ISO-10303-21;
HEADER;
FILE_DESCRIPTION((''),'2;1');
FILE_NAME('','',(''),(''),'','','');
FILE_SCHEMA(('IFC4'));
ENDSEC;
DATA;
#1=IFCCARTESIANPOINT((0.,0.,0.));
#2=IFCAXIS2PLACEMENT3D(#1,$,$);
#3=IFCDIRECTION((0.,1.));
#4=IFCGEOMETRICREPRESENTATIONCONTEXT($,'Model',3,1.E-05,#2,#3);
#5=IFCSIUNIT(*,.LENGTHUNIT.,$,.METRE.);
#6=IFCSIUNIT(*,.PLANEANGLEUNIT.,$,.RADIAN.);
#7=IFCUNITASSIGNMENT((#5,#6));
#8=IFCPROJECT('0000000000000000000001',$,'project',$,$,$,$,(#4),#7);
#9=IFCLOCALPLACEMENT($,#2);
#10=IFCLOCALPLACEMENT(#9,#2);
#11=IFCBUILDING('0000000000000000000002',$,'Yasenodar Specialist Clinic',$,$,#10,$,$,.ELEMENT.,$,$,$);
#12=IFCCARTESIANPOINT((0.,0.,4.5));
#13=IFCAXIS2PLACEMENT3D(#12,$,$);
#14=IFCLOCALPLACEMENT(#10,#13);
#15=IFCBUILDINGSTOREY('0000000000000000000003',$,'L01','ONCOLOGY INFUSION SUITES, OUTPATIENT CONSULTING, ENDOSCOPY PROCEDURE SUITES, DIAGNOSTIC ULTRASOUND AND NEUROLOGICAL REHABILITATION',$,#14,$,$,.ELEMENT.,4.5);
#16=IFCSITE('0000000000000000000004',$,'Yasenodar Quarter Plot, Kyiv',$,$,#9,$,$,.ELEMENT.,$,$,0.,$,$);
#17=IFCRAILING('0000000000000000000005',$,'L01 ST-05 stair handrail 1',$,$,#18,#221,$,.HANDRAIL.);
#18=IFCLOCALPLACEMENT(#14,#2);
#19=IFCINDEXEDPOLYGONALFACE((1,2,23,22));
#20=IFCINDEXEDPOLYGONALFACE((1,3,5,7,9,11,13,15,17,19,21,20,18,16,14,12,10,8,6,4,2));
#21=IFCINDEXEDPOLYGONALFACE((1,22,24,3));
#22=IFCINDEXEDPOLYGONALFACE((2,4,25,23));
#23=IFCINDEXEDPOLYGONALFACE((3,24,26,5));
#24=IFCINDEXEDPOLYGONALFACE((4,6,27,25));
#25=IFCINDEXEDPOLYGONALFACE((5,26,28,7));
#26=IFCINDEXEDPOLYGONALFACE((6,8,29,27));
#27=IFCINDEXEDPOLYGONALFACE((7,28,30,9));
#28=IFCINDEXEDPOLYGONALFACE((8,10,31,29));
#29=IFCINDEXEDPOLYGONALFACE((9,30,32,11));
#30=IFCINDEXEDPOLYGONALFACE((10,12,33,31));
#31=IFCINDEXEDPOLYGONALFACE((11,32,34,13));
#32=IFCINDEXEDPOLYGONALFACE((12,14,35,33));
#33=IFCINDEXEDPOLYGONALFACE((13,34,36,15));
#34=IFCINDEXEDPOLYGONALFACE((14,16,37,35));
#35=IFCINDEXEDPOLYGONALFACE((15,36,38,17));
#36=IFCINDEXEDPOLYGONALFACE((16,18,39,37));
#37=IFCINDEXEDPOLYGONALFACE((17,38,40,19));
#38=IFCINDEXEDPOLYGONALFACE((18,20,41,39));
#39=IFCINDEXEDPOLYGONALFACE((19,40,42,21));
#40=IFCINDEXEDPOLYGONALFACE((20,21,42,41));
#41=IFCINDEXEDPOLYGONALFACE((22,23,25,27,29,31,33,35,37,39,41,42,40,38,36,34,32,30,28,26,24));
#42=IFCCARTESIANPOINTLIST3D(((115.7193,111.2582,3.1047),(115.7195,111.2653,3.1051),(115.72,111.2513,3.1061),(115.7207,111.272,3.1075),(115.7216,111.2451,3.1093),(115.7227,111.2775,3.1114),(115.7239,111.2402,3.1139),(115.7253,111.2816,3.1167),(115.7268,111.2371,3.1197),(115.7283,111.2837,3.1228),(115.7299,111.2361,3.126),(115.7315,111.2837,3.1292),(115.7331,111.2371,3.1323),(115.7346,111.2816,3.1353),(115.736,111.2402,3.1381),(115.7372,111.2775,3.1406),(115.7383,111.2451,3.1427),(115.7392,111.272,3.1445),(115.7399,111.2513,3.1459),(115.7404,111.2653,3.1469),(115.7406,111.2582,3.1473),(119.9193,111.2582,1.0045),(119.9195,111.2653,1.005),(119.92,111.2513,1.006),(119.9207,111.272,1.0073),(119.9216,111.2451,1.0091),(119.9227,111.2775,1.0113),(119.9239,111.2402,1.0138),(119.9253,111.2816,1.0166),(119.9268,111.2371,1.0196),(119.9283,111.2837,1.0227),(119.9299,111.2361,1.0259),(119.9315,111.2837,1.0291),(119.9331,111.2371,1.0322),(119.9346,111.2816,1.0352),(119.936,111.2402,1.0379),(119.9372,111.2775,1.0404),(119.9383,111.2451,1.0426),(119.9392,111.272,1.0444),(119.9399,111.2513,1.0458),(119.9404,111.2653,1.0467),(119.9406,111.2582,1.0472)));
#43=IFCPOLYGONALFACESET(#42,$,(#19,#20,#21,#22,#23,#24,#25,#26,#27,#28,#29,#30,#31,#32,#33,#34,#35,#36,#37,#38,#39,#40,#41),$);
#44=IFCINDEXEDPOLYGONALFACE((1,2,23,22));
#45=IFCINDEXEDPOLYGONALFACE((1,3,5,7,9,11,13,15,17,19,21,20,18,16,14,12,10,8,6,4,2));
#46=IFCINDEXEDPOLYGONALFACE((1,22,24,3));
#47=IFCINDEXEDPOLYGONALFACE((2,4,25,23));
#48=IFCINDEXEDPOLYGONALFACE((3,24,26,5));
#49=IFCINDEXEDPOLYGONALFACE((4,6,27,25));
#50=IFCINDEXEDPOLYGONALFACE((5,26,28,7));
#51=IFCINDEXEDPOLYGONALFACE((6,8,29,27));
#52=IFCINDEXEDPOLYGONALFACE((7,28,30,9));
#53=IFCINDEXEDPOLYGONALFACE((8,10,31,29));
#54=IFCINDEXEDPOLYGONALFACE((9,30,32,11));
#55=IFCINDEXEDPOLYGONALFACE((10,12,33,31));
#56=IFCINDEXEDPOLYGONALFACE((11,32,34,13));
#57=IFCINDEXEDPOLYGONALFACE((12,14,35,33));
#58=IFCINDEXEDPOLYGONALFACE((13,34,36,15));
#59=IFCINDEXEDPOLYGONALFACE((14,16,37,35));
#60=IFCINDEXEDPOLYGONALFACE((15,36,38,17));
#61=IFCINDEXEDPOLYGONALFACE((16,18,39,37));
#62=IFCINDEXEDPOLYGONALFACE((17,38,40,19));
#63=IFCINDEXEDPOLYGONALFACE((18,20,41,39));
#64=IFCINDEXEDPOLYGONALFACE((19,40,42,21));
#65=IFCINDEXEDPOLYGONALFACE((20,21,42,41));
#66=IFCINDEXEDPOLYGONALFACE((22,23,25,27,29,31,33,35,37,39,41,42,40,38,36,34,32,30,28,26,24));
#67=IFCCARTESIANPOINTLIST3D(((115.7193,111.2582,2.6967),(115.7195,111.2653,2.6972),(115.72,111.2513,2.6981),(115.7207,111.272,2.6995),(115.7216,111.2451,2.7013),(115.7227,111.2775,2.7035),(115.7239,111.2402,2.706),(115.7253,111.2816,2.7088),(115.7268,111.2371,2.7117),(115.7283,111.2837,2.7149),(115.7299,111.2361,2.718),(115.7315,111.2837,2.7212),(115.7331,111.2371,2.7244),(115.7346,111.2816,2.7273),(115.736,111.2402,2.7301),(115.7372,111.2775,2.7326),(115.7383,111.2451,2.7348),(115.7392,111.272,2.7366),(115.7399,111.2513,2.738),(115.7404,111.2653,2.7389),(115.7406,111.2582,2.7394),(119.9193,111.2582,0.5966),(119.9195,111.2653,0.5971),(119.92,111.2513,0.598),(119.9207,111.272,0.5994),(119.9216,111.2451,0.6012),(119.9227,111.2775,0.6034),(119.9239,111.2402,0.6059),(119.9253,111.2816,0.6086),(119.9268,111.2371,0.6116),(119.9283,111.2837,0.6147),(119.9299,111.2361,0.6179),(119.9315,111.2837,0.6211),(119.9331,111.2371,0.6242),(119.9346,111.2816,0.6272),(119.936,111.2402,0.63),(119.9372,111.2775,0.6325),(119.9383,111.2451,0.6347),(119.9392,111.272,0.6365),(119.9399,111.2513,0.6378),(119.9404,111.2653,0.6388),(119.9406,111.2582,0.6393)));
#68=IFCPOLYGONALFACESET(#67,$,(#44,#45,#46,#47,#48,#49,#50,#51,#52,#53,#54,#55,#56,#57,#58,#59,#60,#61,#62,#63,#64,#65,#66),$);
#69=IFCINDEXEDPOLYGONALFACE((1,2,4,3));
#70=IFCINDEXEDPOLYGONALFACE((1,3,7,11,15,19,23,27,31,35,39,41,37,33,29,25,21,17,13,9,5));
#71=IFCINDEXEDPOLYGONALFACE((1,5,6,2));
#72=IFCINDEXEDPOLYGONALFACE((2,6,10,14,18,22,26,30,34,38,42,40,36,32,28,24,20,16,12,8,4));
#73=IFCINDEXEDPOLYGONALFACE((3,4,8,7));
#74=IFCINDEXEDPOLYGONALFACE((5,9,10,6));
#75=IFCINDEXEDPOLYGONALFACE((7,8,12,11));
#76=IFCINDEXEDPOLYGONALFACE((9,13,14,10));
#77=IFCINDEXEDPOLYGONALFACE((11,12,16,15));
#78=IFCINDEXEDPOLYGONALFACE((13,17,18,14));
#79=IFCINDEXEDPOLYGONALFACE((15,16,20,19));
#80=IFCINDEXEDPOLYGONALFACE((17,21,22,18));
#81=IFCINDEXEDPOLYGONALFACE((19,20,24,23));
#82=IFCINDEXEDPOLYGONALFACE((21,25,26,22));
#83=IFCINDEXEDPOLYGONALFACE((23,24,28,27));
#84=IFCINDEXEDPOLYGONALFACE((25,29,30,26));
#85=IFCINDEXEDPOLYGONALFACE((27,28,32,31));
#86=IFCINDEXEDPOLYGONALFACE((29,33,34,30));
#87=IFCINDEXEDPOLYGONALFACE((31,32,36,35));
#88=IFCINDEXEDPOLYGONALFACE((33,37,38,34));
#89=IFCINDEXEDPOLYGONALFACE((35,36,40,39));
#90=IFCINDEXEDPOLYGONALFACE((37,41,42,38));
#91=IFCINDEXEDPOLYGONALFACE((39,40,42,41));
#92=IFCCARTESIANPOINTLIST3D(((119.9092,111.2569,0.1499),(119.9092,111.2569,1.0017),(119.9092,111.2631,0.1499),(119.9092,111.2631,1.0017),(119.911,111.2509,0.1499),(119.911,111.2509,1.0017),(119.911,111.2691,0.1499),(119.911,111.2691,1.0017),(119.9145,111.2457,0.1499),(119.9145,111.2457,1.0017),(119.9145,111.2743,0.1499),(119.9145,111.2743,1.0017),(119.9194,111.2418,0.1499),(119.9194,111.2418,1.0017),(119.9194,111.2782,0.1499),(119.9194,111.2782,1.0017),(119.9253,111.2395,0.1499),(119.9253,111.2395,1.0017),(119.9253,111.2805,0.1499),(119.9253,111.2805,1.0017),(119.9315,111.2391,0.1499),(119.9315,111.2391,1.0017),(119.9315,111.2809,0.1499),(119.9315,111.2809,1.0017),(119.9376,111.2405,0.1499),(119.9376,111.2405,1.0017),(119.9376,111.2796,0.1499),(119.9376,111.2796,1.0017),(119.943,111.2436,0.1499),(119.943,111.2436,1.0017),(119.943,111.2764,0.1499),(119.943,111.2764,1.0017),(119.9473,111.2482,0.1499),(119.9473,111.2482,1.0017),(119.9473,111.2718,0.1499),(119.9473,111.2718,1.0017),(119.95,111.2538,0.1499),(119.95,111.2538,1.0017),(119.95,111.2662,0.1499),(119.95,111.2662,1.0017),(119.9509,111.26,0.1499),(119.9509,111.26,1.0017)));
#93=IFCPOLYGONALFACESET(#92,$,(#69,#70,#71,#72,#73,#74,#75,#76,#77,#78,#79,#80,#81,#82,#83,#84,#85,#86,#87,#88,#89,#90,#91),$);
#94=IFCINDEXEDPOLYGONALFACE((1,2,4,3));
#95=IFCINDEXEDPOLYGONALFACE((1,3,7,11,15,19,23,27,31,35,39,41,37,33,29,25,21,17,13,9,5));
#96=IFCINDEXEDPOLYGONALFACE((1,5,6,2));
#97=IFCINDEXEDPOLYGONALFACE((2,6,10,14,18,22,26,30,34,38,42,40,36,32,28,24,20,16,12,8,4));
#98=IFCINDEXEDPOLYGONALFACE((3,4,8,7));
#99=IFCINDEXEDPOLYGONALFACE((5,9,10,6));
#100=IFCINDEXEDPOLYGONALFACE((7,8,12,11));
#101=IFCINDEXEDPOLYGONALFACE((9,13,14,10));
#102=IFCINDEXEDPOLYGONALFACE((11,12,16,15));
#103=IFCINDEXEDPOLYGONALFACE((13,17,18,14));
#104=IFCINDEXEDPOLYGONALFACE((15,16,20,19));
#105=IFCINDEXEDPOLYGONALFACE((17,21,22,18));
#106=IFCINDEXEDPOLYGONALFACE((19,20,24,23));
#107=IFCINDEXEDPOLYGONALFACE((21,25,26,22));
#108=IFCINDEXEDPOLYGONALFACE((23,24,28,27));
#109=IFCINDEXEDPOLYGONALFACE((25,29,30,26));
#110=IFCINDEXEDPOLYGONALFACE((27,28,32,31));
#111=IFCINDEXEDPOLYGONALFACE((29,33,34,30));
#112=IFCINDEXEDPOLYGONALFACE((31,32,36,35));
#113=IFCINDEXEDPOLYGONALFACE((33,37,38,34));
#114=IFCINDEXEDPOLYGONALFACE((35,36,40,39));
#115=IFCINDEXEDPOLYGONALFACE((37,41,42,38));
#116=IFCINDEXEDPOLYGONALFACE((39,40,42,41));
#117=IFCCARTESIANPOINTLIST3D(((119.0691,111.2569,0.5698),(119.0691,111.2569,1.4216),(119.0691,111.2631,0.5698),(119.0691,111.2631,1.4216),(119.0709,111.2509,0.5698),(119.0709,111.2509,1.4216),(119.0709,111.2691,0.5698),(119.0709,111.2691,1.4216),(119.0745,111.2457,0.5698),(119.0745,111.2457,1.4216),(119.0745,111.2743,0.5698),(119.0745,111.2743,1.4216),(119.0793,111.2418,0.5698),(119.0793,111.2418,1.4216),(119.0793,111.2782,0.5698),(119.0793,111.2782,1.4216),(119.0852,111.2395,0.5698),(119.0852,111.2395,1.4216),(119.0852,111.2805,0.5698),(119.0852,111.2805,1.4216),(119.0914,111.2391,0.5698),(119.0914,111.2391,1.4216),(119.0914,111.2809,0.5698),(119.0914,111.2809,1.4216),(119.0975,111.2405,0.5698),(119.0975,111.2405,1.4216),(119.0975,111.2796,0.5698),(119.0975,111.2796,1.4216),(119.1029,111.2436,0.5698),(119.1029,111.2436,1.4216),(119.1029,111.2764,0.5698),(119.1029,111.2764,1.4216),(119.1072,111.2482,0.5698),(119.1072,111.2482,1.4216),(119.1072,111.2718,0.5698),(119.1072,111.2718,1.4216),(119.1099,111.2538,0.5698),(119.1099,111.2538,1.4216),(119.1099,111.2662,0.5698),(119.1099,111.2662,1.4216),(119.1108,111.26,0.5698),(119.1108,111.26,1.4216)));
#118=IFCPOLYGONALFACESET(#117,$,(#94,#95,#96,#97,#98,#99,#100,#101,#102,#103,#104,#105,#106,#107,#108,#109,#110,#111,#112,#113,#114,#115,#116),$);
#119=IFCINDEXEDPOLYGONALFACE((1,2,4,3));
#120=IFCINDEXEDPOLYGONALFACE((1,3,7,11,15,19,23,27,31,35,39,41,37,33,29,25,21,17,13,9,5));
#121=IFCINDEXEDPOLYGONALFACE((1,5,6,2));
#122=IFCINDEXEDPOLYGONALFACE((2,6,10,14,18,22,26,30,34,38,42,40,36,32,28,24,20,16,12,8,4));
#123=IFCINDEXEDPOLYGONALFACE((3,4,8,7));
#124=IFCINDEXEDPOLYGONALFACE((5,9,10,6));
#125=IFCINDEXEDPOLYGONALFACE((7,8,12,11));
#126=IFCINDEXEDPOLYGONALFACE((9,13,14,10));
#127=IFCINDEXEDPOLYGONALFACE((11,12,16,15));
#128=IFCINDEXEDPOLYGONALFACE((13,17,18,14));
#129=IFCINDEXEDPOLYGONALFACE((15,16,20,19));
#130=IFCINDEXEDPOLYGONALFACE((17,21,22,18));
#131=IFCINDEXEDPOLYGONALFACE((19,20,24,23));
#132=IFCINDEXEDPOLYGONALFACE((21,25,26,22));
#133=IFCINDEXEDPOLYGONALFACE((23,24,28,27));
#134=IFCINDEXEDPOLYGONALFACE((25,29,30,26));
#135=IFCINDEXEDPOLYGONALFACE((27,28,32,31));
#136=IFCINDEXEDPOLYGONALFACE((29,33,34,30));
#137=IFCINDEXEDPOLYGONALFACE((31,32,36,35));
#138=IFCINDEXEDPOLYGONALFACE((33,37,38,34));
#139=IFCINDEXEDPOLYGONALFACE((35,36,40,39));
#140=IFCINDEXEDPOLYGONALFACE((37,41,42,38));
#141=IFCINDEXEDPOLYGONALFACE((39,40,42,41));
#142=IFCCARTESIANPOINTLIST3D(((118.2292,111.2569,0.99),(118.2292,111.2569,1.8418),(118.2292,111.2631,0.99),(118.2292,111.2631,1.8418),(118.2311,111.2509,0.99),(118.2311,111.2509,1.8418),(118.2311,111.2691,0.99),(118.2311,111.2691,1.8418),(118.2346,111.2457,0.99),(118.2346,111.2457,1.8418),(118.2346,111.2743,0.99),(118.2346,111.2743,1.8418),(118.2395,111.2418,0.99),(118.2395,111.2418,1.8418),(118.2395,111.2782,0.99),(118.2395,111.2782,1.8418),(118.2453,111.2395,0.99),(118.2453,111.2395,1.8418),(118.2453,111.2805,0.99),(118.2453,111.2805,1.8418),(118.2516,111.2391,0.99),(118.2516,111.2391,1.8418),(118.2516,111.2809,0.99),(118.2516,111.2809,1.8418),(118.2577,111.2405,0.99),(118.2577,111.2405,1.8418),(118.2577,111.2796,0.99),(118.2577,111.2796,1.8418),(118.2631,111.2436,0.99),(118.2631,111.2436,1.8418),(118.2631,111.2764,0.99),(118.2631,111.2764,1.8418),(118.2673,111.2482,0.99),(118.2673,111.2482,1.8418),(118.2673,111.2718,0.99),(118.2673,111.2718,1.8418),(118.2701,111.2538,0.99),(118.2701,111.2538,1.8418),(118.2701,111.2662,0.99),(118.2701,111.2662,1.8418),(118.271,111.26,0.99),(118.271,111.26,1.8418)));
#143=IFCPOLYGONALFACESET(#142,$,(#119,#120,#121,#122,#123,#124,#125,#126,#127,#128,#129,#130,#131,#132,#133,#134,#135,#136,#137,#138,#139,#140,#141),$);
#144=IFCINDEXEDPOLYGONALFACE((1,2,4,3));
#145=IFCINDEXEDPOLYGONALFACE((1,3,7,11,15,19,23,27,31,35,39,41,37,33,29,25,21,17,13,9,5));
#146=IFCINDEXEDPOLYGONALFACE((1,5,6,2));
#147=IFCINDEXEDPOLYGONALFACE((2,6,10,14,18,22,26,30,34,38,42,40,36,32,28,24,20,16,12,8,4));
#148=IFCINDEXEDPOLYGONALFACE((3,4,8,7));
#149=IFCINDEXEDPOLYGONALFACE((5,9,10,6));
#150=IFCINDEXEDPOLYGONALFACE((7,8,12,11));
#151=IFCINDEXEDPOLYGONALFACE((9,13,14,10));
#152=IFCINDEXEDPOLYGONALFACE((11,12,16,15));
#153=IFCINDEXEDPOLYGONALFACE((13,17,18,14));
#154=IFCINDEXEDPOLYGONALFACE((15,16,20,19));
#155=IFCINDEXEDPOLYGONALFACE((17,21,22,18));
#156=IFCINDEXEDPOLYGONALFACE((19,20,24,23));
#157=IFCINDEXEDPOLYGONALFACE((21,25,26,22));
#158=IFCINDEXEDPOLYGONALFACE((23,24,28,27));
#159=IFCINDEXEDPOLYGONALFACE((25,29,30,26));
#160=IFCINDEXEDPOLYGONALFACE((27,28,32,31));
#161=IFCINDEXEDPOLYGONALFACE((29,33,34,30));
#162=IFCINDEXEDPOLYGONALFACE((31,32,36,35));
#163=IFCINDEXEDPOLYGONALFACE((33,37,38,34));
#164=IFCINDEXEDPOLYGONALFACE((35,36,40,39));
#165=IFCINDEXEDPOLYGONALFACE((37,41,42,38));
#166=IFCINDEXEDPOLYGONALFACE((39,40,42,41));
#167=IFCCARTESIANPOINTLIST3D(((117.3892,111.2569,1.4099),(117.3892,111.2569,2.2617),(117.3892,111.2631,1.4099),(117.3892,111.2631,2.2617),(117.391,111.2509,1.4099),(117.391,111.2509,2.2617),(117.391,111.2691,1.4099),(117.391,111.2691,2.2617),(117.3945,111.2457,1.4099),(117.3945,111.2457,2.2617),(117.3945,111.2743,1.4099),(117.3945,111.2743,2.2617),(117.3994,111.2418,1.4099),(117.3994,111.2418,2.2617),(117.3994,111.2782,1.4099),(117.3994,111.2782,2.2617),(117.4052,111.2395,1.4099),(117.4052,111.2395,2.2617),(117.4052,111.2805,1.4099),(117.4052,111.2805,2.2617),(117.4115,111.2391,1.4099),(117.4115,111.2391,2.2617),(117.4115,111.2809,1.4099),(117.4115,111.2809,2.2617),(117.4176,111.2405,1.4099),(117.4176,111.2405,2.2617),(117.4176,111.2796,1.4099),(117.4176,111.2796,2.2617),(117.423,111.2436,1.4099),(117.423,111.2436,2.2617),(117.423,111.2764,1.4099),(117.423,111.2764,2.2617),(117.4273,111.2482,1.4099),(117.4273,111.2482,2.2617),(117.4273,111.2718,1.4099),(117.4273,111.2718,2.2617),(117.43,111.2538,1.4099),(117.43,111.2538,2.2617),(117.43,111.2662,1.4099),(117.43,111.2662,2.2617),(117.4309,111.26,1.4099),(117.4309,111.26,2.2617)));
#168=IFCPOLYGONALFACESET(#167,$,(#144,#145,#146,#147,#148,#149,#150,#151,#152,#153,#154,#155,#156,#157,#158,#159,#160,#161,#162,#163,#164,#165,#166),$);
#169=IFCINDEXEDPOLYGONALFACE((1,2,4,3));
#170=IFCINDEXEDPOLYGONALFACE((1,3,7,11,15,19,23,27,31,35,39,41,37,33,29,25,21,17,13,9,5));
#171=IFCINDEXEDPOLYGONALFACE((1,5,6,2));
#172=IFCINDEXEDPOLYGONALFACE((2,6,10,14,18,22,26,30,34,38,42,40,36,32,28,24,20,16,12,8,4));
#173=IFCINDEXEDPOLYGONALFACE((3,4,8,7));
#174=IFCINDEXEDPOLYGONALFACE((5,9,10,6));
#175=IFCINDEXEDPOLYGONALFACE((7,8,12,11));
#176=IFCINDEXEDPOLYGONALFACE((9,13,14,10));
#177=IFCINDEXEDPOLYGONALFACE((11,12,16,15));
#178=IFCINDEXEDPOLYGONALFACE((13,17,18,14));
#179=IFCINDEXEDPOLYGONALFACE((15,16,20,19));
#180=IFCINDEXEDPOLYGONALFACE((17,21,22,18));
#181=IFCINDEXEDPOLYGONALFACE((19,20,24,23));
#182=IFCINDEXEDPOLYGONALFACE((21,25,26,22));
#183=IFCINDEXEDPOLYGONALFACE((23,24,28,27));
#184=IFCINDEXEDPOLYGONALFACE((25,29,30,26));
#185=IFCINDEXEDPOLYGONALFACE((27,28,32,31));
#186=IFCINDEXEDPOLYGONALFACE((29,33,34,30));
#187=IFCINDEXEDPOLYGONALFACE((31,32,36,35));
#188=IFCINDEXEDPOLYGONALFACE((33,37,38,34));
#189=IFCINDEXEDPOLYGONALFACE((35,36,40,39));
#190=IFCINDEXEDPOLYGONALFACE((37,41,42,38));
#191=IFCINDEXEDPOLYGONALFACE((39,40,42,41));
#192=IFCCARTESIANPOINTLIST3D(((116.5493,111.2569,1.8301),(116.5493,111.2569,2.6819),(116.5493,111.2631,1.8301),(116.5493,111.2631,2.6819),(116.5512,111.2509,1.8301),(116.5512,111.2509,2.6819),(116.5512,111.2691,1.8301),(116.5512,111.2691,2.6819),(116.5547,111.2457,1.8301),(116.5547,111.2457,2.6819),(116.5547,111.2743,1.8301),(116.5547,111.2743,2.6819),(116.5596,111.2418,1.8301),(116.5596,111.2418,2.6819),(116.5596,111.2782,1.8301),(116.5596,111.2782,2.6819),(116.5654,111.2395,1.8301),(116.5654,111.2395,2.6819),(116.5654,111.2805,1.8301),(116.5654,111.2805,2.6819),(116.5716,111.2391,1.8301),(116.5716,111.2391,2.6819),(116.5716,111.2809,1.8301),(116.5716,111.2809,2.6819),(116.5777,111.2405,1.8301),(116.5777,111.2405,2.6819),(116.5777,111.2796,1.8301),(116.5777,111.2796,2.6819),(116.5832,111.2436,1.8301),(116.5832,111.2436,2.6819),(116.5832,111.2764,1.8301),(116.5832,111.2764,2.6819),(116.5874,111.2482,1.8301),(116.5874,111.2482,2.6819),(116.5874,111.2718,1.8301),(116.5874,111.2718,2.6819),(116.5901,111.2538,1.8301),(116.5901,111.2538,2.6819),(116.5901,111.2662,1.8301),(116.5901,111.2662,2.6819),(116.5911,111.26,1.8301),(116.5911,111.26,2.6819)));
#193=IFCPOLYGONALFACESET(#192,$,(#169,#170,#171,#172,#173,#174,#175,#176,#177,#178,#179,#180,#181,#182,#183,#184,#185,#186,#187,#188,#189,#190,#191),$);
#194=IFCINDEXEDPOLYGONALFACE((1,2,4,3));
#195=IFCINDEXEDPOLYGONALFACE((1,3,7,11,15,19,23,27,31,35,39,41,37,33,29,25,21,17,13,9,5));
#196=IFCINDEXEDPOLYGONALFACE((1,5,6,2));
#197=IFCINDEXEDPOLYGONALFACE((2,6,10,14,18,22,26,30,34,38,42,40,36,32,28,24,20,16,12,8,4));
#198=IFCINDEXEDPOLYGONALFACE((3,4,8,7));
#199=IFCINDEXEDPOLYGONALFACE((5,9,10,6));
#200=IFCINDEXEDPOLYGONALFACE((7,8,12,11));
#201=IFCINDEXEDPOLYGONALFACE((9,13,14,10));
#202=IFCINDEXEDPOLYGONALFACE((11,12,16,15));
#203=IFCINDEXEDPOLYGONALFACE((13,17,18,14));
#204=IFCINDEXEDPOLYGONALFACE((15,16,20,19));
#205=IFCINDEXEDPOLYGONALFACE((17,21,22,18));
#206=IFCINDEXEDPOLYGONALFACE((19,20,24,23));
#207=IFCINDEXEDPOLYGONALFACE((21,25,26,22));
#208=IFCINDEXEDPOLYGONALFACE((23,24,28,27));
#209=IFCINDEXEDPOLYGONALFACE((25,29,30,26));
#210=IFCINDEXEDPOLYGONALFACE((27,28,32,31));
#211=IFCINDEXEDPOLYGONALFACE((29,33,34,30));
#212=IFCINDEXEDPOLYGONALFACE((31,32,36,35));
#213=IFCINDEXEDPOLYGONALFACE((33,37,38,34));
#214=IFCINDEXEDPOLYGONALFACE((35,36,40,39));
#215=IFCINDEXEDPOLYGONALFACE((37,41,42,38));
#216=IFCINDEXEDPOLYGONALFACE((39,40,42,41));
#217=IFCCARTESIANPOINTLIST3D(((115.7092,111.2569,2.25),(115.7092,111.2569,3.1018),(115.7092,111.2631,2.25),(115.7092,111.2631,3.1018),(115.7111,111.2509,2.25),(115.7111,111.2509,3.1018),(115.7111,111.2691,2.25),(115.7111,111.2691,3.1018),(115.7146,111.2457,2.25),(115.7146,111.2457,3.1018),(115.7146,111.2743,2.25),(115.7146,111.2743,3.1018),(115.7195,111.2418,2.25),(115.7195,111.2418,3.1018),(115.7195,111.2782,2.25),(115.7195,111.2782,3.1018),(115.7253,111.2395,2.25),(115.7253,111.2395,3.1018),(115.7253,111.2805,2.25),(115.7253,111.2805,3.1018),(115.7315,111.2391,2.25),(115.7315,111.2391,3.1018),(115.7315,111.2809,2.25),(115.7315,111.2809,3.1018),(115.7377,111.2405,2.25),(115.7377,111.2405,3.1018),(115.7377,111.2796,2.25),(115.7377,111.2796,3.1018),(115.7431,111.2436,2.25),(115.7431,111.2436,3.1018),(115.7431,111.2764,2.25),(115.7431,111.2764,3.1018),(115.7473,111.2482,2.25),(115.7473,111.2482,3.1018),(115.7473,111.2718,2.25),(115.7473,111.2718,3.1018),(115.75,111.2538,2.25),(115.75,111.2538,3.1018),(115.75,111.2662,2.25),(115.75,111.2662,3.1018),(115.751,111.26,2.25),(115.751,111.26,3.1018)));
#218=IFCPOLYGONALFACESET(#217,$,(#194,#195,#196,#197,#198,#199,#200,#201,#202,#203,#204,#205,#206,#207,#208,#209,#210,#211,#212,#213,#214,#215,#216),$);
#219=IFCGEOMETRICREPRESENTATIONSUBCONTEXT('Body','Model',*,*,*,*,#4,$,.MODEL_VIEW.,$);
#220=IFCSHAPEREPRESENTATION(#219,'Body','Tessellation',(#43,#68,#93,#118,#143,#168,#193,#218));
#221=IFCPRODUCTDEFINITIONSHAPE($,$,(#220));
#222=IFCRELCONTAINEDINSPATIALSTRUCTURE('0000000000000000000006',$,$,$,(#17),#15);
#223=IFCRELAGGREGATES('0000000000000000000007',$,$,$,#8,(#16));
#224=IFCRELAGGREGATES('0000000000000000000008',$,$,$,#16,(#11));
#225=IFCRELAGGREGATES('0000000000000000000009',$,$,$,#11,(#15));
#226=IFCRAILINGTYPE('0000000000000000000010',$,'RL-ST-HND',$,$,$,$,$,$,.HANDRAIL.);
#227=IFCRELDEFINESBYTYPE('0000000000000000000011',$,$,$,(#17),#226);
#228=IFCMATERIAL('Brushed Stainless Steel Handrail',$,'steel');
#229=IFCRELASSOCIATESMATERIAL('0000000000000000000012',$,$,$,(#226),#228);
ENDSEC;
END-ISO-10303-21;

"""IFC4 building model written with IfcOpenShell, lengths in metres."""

from ifc_helpers import new_model, si_unit, direction, frame, origin, origin_2d, place, context, subcontext, project, spatial, circle, extrude, material, type_object, element, save


model = new_model("IFC4")

# Units and contexts
model_context = context("Model", 3, precision=1e-05, world=origin(), true_north=direction((0.0, 1.0)))
body_context = subcontext(model_context, "Body", "Model", "MODEL_VIEW")
ifc_project = project(units=[si_unit("LENGTHUNIT", "METRE"), si_unit("PLANEANGLEUNIT", "RADIAN")], contexts=[model_context])

# Site, building, storey
site_placement = place(None, origin())
site = spatial("IfcSite", under=ifc_project, at=site_placement, Name="Yasenodar Quarter Plot, Kyiv", CompositionType="ELEMENT", RefElevation=0.0)
building_placement = place(site_placement, origin())
building = spatial("IfcBuilding", under=site, at=building_placement, Name="Yasenodar Specialist Clinic", CompositionType="ELEMENT")
storey_placement = place(building_placement, frame((0.0, 0.0, 4.5)))
storey = spatial("IfcBuildingStorey", under=building, at=storey_placement, Name="L01", Description="ONCOLOGY INFUSION SUITES, OUTPATIENT CONSULTING, ENDOSCOPY PROCEDURE SUITES, DIAGNOSTIC ULTRASOUND AND NEUROLOGICAL REHABILITATION", CompositionType="ELEMENT", Elevation=4.5)

# Railing
ifc_material_1 = material(Name="Brushed Stainless Steel Handrail", Category="steel")
railing_type_1 = type_object("IfcRailingType", Name="RL-ST-HND", PredefinedType="HANDRAIL", material=ifc_material_1)
railing_1_placement = place(storey_placement, frame((119.9299, 111.26, 0.1499)))
element("IfcRailing", 1, at=railing_1_placement, inside=storey, type_object=railing_type_1, Name="L01 ST-05 stair handrail 1", PredefinedType="HANDRAIL", context=body_context, shape_type="SweptSolid", body=[
    extrude(circle(Radius=0.0239, at=origin_2d()), frame((0.0, 0.0, 0.876), z_axis=(-0.894417, 0.0, 0.447234), x_axis=(0.0, -1.0, 0.0)), (0.0, 0.0, 1.0), 4.6958),
    extrude(circle(Radius=0.0239, at=origin_2d()), frame((0.0, 0.0, 0.468), z_axis=(-0.894417, 0.0, 0.447234), x_axis=(0.0, -1.0, 0.0)), (0.0, 0.0, 1.0), 4.6958),
    extrude(circle(Radius=0.021, at=origin_2d()), origin(), (0.0, 0.0, 1.0), 0.8518),
    extrude(circle(Radius=0.021, at=origin_2d()), frame((-0.8401, 0.0, 0.4199)), (0.0, 0.0, 1.0), 0.8518),
    extrude(circle(Radius=0.021, at=origin_2d()), frame((-1.6799, 0.0, 0.8401)), (0.0, 0.0, 1.0), 0.8518),
    extrude(circle(Radius=0.021, at=origin_2d()), frame((-2.52, 0.0, 1.26)), (0.0, 0.0, 1.0), 0.8518),
    extrude(circle(Radius=0.021, at=origin_2d()), frame((-3.3599, 0.0, 1.6802)), (0.0, 0.0, 1.0), 0.8518),
    extrude(circle(Radius=0.021, at=origin_2d()), frame((-4.2, 0.0, 2.1001)), (0.0, 0.0, 1.0), 0.8518),
])

save(model, "model.ifc")
